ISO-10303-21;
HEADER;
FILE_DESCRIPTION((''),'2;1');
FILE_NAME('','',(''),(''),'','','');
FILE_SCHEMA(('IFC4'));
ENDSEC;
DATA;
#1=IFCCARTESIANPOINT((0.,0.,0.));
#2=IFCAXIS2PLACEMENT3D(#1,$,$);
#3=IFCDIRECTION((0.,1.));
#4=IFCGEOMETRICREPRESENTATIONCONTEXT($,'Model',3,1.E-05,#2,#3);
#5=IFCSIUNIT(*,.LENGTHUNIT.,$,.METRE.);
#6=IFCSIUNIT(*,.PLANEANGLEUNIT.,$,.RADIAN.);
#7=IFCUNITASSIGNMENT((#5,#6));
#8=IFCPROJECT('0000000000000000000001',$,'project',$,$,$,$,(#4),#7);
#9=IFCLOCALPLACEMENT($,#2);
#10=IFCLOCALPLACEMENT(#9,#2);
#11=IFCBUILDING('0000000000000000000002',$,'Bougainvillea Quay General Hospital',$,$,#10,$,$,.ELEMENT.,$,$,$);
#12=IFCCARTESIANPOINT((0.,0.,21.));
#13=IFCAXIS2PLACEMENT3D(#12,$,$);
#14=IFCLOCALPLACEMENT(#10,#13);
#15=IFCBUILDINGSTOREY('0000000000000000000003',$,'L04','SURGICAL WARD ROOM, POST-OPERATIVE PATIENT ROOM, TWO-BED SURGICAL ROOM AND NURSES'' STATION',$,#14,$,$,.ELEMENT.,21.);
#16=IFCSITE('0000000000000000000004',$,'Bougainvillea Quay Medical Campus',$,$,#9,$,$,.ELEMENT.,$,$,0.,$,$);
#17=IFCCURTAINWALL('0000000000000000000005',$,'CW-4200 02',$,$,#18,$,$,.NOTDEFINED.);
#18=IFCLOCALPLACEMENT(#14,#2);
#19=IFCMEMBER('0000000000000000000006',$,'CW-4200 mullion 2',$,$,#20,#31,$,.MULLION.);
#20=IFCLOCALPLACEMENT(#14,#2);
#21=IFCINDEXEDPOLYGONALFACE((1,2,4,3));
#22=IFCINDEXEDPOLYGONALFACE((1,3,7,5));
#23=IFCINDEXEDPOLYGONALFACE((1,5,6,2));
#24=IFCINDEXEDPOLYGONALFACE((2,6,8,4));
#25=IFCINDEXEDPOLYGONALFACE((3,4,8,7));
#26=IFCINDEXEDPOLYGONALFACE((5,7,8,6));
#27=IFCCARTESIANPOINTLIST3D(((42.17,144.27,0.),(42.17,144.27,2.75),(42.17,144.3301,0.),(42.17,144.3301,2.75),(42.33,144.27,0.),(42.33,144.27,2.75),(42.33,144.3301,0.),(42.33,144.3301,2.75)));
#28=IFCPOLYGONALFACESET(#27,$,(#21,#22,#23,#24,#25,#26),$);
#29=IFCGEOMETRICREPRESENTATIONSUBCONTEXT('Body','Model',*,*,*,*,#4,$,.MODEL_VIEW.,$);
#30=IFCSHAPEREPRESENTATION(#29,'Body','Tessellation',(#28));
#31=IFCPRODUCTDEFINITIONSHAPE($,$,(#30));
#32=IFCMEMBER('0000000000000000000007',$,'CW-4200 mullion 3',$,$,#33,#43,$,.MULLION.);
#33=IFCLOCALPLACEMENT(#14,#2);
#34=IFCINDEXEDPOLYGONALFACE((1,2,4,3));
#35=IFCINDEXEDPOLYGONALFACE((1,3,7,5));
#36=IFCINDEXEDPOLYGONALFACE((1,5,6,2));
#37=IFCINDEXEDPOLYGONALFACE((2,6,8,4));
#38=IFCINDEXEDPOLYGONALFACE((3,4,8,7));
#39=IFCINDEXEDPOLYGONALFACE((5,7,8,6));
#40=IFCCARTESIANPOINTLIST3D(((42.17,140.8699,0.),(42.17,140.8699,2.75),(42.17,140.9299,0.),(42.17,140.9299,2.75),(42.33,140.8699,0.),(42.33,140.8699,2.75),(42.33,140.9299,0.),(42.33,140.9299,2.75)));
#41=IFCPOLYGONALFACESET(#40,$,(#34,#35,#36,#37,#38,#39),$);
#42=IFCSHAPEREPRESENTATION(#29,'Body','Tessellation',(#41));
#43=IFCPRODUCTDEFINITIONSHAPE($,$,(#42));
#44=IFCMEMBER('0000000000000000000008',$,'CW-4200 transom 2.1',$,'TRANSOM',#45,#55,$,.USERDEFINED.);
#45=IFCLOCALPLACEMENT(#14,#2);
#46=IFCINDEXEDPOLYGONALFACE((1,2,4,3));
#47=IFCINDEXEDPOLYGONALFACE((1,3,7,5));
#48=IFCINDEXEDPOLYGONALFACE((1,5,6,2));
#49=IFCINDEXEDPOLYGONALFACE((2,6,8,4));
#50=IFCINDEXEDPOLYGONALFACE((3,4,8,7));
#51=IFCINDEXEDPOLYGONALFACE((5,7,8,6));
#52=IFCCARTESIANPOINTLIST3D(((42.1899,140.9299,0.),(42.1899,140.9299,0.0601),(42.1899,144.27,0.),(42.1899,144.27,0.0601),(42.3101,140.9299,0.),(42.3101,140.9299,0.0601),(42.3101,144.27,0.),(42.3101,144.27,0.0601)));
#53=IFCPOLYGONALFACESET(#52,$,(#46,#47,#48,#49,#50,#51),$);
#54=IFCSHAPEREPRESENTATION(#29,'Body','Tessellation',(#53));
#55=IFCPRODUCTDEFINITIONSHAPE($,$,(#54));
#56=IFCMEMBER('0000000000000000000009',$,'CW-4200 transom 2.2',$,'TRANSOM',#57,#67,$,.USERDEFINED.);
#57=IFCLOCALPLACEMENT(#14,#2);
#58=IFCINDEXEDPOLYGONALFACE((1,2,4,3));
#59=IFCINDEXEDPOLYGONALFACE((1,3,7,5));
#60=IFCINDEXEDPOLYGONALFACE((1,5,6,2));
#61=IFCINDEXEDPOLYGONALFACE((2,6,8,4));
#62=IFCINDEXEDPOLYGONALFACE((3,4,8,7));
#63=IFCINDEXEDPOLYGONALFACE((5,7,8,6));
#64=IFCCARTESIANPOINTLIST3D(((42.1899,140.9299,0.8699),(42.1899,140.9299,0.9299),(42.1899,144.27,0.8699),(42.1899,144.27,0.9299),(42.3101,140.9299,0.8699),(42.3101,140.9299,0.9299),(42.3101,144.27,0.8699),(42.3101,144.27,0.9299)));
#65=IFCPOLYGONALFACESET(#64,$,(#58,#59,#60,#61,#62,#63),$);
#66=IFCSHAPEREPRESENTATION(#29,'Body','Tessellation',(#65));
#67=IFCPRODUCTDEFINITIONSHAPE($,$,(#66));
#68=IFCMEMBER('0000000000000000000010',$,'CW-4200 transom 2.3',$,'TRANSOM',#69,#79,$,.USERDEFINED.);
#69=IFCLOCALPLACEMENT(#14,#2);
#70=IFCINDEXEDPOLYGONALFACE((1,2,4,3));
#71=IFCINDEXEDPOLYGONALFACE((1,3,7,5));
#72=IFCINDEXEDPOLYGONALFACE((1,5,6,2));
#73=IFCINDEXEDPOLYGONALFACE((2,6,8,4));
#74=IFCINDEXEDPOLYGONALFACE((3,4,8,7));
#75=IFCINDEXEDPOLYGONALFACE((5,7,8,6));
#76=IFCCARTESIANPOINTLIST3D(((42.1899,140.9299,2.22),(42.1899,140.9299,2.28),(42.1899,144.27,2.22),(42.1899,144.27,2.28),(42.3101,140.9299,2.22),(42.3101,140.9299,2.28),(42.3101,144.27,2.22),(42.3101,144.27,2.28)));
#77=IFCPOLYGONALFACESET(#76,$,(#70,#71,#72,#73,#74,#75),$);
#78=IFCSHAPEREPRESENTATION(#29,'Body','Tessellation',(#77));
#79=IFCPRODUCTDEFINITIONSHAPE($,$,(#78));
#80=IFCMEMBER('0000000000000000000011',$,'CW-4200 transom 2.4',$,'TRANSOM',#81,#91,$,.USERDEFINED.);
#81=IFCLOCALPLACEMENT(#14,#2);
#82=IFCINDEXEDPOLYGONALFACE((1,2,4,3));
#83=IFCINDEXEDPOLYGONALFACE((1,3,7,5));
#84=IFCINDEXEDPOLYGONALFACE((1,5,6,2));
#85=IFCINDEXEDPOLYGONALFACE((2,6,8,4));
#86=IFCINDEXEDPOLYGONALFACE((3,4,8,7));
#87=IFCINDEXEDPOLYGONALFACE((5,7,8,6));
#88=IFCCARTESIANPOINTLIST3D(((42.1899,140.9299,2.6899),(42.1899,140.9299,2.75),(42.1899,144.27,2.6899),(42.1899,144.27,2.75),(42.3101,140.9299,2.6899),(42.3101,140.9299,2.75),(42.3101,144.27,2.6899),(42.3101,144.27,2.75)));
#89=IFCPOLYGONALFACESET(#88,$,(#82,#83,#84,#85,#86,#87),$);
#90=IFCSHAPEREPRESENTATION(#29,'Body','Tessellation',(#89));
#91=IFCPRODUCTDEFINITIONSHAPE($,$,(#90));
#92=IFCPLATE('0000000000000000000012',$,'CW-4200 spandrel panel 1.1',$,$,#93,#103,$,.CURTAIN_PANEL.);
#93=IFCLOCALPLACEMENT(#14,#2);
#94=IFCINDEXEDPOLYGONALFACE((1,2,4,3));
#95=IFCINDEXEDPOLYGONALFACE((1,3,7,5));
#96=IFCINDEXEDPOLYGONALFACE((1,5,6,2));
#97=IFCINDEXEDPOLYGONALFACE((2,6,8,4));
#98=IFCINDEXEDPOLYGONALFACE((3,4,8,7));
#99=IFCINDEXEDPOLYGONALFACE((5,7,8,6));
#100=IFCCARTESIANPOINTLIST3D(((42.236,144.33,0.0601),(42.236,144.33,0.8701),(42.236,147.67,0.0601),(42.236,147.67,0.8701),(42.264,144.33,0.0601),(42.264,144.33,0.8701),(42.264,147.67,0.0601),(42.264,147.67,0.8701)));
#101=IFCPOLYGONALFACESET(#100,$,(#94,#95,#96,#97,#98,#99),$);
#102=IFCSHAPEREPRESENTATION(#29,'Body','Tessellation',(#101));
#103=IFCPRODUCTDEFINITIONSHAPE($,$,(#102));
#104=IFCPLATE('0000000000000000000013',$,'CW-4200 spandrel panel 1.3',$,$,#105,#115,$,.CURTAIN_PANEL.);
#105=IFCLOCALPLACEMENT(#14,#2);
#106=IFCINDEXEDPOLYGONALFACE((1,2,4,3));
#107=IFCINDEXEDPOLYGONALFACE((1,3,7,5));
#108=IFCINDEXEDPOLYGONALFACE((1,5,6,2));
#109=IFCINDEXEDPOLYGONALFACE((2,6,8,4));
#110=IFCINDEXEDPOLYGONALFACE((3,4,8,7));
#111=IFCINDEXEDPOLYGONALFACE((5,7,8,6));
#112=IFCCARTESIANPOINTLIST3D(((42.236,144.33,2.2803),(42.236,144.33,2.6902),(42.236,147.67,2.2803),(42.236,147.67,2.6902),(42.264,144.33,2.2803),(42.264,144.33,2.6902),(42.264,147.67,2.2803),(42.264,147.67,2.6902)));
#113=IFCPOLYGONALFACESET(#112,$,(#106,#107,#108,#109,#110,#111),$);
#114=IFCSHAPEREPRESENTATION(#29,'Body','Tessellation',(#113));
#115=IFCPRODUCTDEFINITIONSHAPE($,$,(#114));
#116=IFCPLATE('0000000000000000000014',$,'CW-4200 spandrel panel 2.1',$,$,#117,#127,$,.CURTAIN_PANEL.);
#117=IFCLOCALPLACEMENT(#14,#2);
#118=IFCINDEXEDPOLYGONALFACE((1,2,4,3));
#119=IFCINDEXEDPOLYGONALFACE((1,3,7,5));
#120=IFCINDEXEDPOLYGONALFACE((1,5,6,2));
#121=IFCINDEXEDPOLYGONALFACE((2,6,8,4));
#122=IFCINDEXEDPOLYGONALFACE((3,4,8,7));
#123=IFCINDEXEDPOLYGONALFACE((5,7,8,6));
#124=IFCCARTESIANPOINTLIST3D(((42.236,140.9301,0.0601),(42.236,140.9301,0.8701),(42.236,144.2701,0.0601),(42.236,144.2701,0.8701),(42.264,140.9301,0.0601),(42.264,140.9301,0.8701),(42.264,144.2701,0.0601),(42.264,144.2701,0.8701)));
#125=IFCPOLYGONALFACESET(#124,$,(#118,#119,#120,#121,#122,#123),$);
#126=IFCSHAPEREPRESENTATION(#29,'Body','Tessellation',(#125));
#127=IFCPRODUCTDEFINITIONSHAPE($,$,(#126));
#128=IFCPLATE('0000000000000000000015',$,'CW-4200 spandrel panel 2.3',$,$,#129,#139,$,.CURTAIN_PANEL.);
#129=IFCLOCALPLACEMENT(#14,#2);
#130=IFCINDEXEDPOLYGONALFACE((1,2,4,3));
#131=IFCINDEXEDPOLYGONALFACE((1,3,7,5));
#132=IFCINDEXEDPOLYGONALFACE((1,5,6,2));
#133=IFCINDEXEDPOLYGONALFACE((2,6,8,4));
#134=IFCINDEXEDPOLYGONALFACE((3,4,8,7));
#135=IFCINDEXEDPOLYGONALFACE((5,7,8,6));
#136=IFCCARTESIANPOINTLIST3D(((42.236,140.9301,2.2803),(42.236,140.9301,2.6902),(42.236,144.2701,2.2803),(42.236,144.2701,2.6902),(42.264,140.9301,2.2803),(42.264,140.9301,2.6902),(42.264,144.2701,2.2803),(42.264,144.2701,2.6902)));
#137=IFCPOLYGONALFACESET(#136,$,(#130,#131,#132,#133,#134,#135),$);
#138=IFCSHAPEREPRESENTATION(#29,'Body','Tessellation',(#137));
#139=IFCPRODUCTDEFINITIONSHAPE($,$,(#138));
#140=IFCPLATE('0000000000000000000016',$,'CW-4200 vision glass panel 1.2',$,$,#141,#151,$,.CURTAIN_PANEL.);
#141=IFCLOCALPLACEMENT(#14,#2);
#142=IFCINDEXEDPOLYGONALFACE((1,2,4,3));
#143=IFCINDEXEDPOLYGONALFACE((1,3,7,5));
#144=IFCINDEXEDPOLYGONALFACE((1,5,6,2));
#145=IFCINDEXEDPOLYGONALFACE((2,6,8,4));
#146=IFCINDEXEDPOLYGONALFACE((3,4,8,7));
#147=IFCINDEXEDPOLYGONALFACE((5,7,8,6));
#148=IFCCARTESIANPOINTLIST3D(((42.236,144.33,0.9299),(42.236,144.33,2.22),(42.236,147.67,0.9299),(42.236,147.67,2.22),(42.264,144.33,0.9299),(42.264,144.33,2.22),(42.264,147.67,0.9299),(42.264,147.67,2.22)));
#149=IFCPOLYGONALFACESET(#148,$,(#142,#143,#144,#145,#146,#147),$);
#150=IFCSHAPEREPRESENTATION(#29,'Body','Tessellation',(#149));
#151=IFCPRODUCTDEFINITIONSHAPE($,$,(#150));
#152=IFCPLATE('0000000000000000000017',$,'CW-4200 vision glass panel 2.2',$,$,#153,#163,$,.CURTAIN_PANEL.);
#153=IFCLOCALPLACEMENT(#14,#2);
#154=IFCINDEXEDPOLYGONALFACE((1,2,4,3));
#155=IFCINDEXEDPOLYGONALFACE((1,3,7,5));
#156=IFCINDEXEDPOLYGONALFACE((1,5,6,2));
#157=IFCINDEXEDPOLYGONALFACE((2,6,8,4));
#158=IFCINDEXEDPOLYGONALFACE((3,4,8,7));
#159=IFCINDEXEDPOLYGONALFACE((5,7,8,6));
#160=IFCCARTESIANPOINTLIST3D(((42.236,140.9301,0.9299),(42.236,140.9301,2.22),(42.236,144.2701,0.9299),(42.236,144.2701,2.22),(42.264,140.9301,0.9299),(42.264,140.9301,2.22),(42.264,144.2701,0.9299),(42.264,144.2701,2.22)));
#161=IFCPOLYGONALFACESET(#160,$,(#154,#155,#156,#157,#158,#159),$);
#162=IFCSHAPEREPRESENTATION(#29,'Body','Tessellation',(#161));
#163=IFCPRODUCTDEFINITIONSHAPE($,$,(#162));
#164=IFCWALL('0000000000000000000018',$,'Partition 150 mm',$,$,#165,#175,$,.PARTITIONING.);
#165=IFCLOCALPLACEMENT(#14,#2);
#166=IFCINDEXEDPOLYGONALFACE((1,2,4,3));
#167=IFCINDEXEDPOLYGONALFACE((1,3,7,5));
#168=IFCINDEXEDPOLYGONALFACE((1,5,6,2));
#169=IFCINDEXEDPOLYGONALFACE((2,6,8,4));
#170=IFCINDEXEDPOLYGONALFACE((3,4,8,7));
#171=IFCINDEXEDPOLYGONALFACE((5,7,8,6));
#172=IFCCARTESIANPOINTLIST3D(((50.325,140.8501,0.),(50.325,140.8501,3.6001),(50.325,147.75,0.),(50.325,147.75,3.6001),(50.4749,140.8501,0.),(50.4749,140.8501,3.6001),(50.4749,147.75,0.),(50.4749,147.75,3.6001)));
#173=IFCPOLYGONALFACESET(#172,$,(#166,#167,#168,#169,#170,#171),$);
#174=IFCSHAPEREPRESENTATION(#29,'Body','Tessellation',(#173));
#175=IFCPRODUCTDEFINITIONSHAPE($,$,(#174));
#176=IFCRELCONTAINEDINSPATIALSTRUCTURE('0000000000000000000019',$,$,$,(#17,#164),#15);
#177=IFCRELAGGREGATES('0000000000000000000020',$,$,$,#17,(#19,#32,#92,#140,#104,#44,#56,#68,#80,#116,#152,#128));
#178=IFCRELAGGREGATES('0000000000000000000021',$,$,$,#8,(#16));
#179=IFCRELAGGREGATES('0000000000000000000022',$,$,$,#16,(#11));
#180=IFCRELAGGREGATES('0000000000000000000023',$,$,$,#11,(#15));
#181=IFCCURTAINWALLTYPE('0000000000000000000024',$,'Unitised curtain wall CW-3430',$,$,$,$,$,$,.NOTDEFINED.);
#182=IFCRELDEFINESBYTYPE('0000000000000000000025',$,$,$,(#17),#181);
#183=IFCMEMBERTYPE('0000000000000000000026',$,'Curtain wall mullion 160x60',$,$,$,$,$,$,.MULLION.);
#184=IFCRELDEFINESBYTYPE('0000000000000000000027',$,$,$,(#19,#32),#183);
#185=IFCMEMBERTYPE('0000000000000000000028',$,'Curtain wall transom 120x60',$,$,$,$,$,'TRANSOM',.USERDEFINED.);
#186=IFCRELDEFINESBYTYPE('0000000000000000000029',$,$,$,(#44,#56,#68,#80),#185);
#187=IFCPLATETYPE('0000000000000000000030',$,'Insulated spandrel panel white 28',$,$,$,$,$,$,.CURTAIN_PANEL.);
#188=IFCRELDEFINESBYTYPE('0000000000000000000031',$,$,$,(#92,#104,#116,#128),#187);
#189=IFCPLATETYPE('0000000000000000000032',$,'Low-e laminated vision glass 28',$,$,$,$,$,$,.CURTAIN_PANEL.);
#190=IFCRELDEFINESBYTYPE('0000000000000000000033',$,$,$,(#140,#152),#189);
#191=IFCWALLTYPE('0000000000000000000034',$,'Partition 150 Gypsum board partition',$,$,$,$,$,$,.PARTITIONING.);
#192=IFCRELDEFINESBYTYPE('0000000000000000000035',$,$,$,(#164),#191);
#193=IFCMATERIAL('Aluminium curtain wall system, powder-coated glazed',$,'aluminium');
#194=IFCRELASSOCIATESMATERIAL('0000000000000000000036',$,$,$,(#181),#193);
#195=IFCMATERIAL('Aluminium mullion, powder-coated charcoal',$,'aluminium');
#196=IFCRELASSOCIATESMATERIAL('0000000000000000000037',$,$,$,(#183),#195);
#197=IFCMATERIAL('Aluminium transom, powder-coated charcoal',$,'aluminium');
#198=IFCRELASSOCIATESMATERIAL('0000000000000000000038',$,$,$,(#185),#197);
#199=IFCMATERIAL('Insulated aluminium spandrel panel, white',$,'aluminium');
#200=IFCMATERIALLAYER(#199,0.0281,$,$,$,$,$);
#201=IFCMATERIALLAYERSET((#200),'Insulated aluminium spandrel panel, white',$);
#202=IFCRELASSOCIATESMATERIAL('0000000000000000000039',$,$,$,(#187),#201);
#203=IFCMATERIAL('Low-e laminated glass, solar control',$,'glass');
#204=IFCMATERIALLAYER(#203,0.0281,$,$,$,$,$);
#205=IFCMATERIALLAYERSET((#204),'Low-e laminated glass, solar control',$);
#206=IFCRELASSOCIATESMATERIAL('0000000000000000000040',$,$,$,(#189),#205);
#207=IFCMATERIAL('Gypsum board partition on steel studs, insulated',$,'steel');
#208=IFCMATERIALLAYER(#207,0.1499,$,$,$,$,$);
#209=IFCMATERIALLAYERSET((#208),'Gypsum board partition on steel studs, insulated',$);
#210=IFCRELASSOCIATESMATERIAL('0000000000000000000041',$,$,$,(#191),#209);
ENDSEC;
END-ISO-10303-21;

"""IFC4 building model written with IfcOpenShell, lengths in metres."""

from ifc_helpers import new_model, si_unit, direction, frame, frame_2d, origin, origin_2d, place, context, subcontext, project, spatial, rectangle, extrude, material, layer, layer_set, material_profile, profile_set, type_object, element, aggregate, save


model = new_model("IFC4")

# Units and contexts
model_context = context("Model", 3, precision=1e-05, world=origin(), true_north=direction((0.0, 1.0)))
body_context = subcontext(model_context, "Body", "Model", "MODEL_VIEW")
ifc_project = project(units=[si_unit("LENGTHUNIT", "METRE"), si_unit("PLANEANGLEUNIT", "RADIAN")], contexts=[model_context])

# Site, building, storey
site_placement = place(None, origin())
site = spatial("IfcSite", under=ifc_project, at=site_placement, Name="Bougainvillea Quay Medical Campus", CompositionType="ELEMENT", RefElevation=0.0)
building_placement = place(site_placement, origin())
building = spatial("IfcBuilding", under=site, at=building_placement, Name="Bougainvillea Quay General Hospital", CompositionType="ELEMENT")
storey_placement = place(building_placement, frame((0.0, 0.0, 21.0)))
storey = spatial("IfcBuildingStorey", under=building, at=storey_placement, Name="L04", Description="SURGICAL WARD ROOM, POST-OPERATIVE PATIENT ROOM, TWO-BED SURGICAL ROOM AND NURSES' STATION", CompositionType="ELEMENT", Elevation=21.0)

# Curtain wall, members, plates
ifc_material_1 = material(Name="Aluminium curtain wall system, powder-coated glazed", Category="aluminium")
curtain_wall_type = type_object("IfcCurtainWallType", Name="Unitised curtain wall CW-3430", PredefinedType="NOTDEFINED", material=ifc_material_1)
curtain_wall_placement = place(storey_placement, origin())
curtain_wall = element("IfcCurtainWall", 1, at=curtain_wall_placement, inside=storey, type_object=curtain_wall_type, Name="CW-4200 02", PredefinedType="NOTDEFINED")
ifc_material_2 = material(Name="Aluminium mullion, powder-coated charcoal", Category="aluminium")
ifc_material_profile_1 = material_profile(ifc_material_2, rectangle(XDim=0.1599, YDim=0.0601, at=origin_2d()))
ifc_profile_set_1 = profile_set([ifc_material_profile_1], Name="Aluminium mullion, powder-coated charcoal")
member_type_1 = type_object("IfcMemberType", Name="Curtain wall mullion 160x60", PredefinedType="MULLION", material=ifc_profile_set_1)
member_1_placement = place(storey_placement, frame((42.25, 144.3, 0.0), z_axis=(0.0, 0.0, 1.0), x_axis=(1.0, 0.0, 0.0)))
member_1 = element("IfcMember", 2, at=member_1_placement, type_object=member_type_1, Name="CW-4200 mullion 2", PredefinedType="MULLION", context=body_context, shape_type="SweptSolid", body=[
    extrude(rectangle(XDim=0.1599, YDim=0.0601, at=origin_2d()), origin(), (0.0, 0.0, 1.0), 2.75),
])
member_2_placement = place(storey_placement, frame((42.25, 140.8999, 0.0), z_axis=(0.0, 0.0, 1.0), x_axis=(1.0, 0.0, 0.0)))
member_2 = element("IfcMember", 3, at=member_2_placement, type_object=member_type_1, Name="CW-4200 mullion 3", PredefinedType="MULLION", context=body_context, shape_type="SweptSolid", body=[
    extrude(rectangle(XDim=0.1599, YDim=0.0601, at=origin_2d()), origin(), (0.0, 0.0, 1.0), 2.75),
])
ifc_material_3 = material(Name="Aluminium transom, powder-coated charcoal", Category="aluminium")
ifc_material_profile_2 = material_profile(ifc_material_3, rectangle(XDim=0.1201, YDim=0.0601, at=origin_2d()))
ifc_profile_set_2 = profile_set([ifc_material_profile_2], Name="Aluminium transom, powder-coated charcoal")
member_type_2 = type_object("IfcMemberType", Name="Curtain wall transom 120x60", ElementType="TRANSOM", PredefinedType="USERDEFINED", material=ifc_profile_set_2)
member_3_placement = place(storey_placement, frame((42.25, 144.27, 0.03), z_axis=(0.0, -1.0, 0.0), x_axis=(1.0, 0.0, 0.0)))
member_3 = element("IfcMember", 4, at=member_3_placement, type_object=member_type_2, Name="CW-4200 transom 2.1", ObjectType="TRANSOM", PredefinedType="USERDEFINED", context=body_context, shape_type="SweptSolid", body=[
    extrude(rectangle(XDim=0.1201, YDim=0.0601, at=origin_2d()), origin(), (0.0, 0.0, 1.0), 3.3401),
])
member_4_placement = place(storey_placement, frame((42.25, 144.27, 0.8999), z_axis=(0.0, -1.0, 0.0), x_axis=(1.0, 0.0, 0.0)))
member_4 = element("IfcMember", 5, at=member_4_placement, type_object=member_type_2, Name="CW-4200 transom 2.2", ObjectType="TRANSOM", PredefinedType="USERDEFINED", context=body_context, shape_type="SweptSolid", body=[
    extrude(rectangle(XDim=0.1201, YDim=0.0601, at=origin_2d()), origin(), (0.0, 0.0, 1.0), 3.3401),
])
member_5_placement = place(storey_placement, frame((42.25, 144.27, 2.25), z_axis=(0.0, -1.0, 0.0), x_axis=(1.0, 0.0, 0.0)))
member_5 = element("IfcMember", 6, at=member_5_placement, type_object=member_type_2, Name="CW-4200 transom 2.3", ObjectType="TRANSOM", PredefinedType="USERDEFINED", context=body_context, shape_type="SweptSolid", body=[
    extrude(rectangle(XDim=0.1201, YDim=0.0601, at=origin_2d()), origin(), (0.0, 0.0, 1.0), 3.3401),
])
member_6_placement = place(storey_placement, frame((42.25, 144.27, 2.72), z_axis=(0.0, -1.0, 0.0), x_axis=(1.0, 0.0, 0.0)))
member_6 = element("IfcMember", 7, at=member_6_placement, type_object=member_type_2, Name="CW-4200 transom 2.4", ObjectType="TRANSOM", PredefinedType="USERDEFINED", context=body_context, shape_type="SweptSolid", body=[
    extrude(rectangle(XDim=0.1201, YDim=0.0601, at=origin_2d()), origin(), (0.0, 0.0, 1.0), 3.3401),
])
ifc_material_4 = material(Name="Insulated aluminium spandrel panel, white", Category="aluminium")
ifc_layer_1 = layer(ifc_material_4, 0.0281)
ifc_layer_set_1 = layer_set([ifc_layer_1], Name="Insulated aluminium spandrel panel, white")
plate_type_1 = type_object("IfcPlateType", Name="Insulated spandrel panel white 28", PredefinedType="CURTAIN_PANEL", material=ifc_layer_set_1)
plate_1_placement = place(storey_placement, frame((42.25, 146.0, 0.0601), z_axis=(0.0, 0.0, 1.0), x_axis=(0.0, -1.0, 0.0)))
plate_1 = element("IfcPlate", 8, at=plate_1_placement, type_object=plate_type_1, Name="CW-4200 spandrel panel 1.1", PredefinedType="CURTAIN_PANEL", context=body_context, shape_type="SweptSolid", body=[
    extrude(rectangle(XDim=3.3401, YDim=0.0281, at=origin_2d()), origin(), (0.0, 0.0, 1.0), 0.8101),
])
plate_2_placement = place(storey_placement, frame((42.25, 146.0, 2.2803), z_axis=(0.0, 0.0, 1.0), x_axis=(0.0, -1.0, 0.0)))
plate_2 = element("IfcPlate", 9, at=plate_2_placement, type_object=plate_type_1, Name="CW-4200 spandrel panel 1.3", PredefinedType="CURTAIN_PANEL", context=body_context, shape_type="SweptSolid", body=[
    extrude(rectangle(XDim=3.3401, YDim=0.0281, at=origin_2d()), origin(), (0.0, 0.0, 1.0), 0.4099),
])
plate_3_placement = place(storey_placement, frame((42.25, 142.6001, 0.0601), z_axis=(0.0, 0.0, 1.0), x_axis=(0.0, -1.0, 0.0)))
plate_3 = element("IfcPlate", 10, at=plate_3_placement, type_object=plate_type_1, Name="CW-4200 spandrel panel 2.1", PredefinedType="CURTAIN_PANEL", context=body_context, shape_type="SweptSolid", body=[
    extrude(rectangle(XDim=3.3401, YDim=0.0281, at=origin_2d()), origin(), (0.0, 0.0, 1.0), 0.8101),
])
plate_4_placement = place(storey_placement, frame((42.25, 142.6001, 2.2803), z_axis=(0.0, 0.0, 1.0), x_axis=(0.0, -1.0, 0.0)))
plate_4 = element("IfcPlate", 11, at=plate_4_placement, type_object=plate_type_1, Name="CW-4200 spandrel panel 2.3", PredefinedType="CURTAIN_PANEL", context=body_context, shape_type="SweptSolid", body=[
    extrude(rectangle(XDim=3.3401, YDim=0.0281, at=origin_2d()), origin(), (0.0, 0.0, 1.0), 0.4099),
])
ifc_material_5 = material(Name="Low-e laminated glass, solar control", Category="glass")
ifc_layer_2 = layer(ifc_material_5, 0.0281)
ifc_layer_set_2 = layer_set([ifc_layer_2], Name="Low-e laminated glass, solar control")
plate_type_2 = type_object("IfcPlateType", Name="Low-e laminated vision glass 28", PredefinedType="CURTAIN_PANEL", material=ifc_layer_set_2)
plate_5_placement = place(storey_placement, frame((42.25, 146.0, 0.9299), z_axis=(0.0, 0.0, 1.0), x_axis=(0.0, -1.0, 0.0)))
plate_5 = element("IfcPlate", 12, at=plate_5_placement, type_object=plate_type_2, Name="CW-4200 vision glass panel 1.2", PredefinedType="CURTAIN_PANEL", context=body_context, shape_type="SweptSolid", body=[
    extrude(rectangle(XDim=3.3401, YDim=0.0281, at=origin_2d()), origin(), (0.0, 0.0, 1.0), 1.29),
])
plate_6_placement = place(storey_placement, frame((42.25, 142.6001, 0.9299), z_axis=(0.0, 0.0, 1.0), x_axis=(0.0, -1.0, 0.0)))
plate_6 = element("IfcPlate", 13, at=plate_6_placement, type_object=plate_type_2, Name="CW-4200 vision glass panel 2.2", PredefinedType="CURTAIN_PANEL", context=body_context, shape_type="SweptSolid", body=[
    extrude(rectangle(XDim=3.3401, YDim=0.0281, at=origin_2d()), origin(), (0.0, 0.0, 1.0), 1.29),
])
aggregate(curtain_wall, [member_1, member_2, plate_1, plate_5, plate_2, member_3, member_4, member_5, member_6, plate_3, plate_6, plate_4])

# Wall
ifc_material_6 = material(Name="Gypsum board partition on steel studs, insulated", Category="steel")
ifc_layer_3 = layer(ifc_material_6, 0.1499)
ifc_layer_set_3 = layer_set([ifc_layer_3], Name="Gypsum board partition on steel studs, insulated")
wall_type = type_object("IfcWallType", Name="Partition 150 Gypsum board partition", PredefinedType="PARTITIONING", material=ifc_layer_set_3)
wall_1_placement = place(storey_placement, frame((50.3999, 140.8501, 0.0), z_axis=(0.0, 0.0, 1.0), x_axis=(0.0, 1.0, 0.0)))
element("IfcWall", 14, at=wall_1_placement, inside=storey, type_object=wall_type, Name="Partition 150 mm", PredefinedType="PARTITIONING", context=body_context, shape_type="SweptSolid", body=[
    extrude(rectangle(XDim=6.8999, YDim=0.1499, at=frame_2d((3.45, 0.0))), origin(), (0.0, 0.0, 1.0), 3.6001),
])

save(model, "model.ifc")
